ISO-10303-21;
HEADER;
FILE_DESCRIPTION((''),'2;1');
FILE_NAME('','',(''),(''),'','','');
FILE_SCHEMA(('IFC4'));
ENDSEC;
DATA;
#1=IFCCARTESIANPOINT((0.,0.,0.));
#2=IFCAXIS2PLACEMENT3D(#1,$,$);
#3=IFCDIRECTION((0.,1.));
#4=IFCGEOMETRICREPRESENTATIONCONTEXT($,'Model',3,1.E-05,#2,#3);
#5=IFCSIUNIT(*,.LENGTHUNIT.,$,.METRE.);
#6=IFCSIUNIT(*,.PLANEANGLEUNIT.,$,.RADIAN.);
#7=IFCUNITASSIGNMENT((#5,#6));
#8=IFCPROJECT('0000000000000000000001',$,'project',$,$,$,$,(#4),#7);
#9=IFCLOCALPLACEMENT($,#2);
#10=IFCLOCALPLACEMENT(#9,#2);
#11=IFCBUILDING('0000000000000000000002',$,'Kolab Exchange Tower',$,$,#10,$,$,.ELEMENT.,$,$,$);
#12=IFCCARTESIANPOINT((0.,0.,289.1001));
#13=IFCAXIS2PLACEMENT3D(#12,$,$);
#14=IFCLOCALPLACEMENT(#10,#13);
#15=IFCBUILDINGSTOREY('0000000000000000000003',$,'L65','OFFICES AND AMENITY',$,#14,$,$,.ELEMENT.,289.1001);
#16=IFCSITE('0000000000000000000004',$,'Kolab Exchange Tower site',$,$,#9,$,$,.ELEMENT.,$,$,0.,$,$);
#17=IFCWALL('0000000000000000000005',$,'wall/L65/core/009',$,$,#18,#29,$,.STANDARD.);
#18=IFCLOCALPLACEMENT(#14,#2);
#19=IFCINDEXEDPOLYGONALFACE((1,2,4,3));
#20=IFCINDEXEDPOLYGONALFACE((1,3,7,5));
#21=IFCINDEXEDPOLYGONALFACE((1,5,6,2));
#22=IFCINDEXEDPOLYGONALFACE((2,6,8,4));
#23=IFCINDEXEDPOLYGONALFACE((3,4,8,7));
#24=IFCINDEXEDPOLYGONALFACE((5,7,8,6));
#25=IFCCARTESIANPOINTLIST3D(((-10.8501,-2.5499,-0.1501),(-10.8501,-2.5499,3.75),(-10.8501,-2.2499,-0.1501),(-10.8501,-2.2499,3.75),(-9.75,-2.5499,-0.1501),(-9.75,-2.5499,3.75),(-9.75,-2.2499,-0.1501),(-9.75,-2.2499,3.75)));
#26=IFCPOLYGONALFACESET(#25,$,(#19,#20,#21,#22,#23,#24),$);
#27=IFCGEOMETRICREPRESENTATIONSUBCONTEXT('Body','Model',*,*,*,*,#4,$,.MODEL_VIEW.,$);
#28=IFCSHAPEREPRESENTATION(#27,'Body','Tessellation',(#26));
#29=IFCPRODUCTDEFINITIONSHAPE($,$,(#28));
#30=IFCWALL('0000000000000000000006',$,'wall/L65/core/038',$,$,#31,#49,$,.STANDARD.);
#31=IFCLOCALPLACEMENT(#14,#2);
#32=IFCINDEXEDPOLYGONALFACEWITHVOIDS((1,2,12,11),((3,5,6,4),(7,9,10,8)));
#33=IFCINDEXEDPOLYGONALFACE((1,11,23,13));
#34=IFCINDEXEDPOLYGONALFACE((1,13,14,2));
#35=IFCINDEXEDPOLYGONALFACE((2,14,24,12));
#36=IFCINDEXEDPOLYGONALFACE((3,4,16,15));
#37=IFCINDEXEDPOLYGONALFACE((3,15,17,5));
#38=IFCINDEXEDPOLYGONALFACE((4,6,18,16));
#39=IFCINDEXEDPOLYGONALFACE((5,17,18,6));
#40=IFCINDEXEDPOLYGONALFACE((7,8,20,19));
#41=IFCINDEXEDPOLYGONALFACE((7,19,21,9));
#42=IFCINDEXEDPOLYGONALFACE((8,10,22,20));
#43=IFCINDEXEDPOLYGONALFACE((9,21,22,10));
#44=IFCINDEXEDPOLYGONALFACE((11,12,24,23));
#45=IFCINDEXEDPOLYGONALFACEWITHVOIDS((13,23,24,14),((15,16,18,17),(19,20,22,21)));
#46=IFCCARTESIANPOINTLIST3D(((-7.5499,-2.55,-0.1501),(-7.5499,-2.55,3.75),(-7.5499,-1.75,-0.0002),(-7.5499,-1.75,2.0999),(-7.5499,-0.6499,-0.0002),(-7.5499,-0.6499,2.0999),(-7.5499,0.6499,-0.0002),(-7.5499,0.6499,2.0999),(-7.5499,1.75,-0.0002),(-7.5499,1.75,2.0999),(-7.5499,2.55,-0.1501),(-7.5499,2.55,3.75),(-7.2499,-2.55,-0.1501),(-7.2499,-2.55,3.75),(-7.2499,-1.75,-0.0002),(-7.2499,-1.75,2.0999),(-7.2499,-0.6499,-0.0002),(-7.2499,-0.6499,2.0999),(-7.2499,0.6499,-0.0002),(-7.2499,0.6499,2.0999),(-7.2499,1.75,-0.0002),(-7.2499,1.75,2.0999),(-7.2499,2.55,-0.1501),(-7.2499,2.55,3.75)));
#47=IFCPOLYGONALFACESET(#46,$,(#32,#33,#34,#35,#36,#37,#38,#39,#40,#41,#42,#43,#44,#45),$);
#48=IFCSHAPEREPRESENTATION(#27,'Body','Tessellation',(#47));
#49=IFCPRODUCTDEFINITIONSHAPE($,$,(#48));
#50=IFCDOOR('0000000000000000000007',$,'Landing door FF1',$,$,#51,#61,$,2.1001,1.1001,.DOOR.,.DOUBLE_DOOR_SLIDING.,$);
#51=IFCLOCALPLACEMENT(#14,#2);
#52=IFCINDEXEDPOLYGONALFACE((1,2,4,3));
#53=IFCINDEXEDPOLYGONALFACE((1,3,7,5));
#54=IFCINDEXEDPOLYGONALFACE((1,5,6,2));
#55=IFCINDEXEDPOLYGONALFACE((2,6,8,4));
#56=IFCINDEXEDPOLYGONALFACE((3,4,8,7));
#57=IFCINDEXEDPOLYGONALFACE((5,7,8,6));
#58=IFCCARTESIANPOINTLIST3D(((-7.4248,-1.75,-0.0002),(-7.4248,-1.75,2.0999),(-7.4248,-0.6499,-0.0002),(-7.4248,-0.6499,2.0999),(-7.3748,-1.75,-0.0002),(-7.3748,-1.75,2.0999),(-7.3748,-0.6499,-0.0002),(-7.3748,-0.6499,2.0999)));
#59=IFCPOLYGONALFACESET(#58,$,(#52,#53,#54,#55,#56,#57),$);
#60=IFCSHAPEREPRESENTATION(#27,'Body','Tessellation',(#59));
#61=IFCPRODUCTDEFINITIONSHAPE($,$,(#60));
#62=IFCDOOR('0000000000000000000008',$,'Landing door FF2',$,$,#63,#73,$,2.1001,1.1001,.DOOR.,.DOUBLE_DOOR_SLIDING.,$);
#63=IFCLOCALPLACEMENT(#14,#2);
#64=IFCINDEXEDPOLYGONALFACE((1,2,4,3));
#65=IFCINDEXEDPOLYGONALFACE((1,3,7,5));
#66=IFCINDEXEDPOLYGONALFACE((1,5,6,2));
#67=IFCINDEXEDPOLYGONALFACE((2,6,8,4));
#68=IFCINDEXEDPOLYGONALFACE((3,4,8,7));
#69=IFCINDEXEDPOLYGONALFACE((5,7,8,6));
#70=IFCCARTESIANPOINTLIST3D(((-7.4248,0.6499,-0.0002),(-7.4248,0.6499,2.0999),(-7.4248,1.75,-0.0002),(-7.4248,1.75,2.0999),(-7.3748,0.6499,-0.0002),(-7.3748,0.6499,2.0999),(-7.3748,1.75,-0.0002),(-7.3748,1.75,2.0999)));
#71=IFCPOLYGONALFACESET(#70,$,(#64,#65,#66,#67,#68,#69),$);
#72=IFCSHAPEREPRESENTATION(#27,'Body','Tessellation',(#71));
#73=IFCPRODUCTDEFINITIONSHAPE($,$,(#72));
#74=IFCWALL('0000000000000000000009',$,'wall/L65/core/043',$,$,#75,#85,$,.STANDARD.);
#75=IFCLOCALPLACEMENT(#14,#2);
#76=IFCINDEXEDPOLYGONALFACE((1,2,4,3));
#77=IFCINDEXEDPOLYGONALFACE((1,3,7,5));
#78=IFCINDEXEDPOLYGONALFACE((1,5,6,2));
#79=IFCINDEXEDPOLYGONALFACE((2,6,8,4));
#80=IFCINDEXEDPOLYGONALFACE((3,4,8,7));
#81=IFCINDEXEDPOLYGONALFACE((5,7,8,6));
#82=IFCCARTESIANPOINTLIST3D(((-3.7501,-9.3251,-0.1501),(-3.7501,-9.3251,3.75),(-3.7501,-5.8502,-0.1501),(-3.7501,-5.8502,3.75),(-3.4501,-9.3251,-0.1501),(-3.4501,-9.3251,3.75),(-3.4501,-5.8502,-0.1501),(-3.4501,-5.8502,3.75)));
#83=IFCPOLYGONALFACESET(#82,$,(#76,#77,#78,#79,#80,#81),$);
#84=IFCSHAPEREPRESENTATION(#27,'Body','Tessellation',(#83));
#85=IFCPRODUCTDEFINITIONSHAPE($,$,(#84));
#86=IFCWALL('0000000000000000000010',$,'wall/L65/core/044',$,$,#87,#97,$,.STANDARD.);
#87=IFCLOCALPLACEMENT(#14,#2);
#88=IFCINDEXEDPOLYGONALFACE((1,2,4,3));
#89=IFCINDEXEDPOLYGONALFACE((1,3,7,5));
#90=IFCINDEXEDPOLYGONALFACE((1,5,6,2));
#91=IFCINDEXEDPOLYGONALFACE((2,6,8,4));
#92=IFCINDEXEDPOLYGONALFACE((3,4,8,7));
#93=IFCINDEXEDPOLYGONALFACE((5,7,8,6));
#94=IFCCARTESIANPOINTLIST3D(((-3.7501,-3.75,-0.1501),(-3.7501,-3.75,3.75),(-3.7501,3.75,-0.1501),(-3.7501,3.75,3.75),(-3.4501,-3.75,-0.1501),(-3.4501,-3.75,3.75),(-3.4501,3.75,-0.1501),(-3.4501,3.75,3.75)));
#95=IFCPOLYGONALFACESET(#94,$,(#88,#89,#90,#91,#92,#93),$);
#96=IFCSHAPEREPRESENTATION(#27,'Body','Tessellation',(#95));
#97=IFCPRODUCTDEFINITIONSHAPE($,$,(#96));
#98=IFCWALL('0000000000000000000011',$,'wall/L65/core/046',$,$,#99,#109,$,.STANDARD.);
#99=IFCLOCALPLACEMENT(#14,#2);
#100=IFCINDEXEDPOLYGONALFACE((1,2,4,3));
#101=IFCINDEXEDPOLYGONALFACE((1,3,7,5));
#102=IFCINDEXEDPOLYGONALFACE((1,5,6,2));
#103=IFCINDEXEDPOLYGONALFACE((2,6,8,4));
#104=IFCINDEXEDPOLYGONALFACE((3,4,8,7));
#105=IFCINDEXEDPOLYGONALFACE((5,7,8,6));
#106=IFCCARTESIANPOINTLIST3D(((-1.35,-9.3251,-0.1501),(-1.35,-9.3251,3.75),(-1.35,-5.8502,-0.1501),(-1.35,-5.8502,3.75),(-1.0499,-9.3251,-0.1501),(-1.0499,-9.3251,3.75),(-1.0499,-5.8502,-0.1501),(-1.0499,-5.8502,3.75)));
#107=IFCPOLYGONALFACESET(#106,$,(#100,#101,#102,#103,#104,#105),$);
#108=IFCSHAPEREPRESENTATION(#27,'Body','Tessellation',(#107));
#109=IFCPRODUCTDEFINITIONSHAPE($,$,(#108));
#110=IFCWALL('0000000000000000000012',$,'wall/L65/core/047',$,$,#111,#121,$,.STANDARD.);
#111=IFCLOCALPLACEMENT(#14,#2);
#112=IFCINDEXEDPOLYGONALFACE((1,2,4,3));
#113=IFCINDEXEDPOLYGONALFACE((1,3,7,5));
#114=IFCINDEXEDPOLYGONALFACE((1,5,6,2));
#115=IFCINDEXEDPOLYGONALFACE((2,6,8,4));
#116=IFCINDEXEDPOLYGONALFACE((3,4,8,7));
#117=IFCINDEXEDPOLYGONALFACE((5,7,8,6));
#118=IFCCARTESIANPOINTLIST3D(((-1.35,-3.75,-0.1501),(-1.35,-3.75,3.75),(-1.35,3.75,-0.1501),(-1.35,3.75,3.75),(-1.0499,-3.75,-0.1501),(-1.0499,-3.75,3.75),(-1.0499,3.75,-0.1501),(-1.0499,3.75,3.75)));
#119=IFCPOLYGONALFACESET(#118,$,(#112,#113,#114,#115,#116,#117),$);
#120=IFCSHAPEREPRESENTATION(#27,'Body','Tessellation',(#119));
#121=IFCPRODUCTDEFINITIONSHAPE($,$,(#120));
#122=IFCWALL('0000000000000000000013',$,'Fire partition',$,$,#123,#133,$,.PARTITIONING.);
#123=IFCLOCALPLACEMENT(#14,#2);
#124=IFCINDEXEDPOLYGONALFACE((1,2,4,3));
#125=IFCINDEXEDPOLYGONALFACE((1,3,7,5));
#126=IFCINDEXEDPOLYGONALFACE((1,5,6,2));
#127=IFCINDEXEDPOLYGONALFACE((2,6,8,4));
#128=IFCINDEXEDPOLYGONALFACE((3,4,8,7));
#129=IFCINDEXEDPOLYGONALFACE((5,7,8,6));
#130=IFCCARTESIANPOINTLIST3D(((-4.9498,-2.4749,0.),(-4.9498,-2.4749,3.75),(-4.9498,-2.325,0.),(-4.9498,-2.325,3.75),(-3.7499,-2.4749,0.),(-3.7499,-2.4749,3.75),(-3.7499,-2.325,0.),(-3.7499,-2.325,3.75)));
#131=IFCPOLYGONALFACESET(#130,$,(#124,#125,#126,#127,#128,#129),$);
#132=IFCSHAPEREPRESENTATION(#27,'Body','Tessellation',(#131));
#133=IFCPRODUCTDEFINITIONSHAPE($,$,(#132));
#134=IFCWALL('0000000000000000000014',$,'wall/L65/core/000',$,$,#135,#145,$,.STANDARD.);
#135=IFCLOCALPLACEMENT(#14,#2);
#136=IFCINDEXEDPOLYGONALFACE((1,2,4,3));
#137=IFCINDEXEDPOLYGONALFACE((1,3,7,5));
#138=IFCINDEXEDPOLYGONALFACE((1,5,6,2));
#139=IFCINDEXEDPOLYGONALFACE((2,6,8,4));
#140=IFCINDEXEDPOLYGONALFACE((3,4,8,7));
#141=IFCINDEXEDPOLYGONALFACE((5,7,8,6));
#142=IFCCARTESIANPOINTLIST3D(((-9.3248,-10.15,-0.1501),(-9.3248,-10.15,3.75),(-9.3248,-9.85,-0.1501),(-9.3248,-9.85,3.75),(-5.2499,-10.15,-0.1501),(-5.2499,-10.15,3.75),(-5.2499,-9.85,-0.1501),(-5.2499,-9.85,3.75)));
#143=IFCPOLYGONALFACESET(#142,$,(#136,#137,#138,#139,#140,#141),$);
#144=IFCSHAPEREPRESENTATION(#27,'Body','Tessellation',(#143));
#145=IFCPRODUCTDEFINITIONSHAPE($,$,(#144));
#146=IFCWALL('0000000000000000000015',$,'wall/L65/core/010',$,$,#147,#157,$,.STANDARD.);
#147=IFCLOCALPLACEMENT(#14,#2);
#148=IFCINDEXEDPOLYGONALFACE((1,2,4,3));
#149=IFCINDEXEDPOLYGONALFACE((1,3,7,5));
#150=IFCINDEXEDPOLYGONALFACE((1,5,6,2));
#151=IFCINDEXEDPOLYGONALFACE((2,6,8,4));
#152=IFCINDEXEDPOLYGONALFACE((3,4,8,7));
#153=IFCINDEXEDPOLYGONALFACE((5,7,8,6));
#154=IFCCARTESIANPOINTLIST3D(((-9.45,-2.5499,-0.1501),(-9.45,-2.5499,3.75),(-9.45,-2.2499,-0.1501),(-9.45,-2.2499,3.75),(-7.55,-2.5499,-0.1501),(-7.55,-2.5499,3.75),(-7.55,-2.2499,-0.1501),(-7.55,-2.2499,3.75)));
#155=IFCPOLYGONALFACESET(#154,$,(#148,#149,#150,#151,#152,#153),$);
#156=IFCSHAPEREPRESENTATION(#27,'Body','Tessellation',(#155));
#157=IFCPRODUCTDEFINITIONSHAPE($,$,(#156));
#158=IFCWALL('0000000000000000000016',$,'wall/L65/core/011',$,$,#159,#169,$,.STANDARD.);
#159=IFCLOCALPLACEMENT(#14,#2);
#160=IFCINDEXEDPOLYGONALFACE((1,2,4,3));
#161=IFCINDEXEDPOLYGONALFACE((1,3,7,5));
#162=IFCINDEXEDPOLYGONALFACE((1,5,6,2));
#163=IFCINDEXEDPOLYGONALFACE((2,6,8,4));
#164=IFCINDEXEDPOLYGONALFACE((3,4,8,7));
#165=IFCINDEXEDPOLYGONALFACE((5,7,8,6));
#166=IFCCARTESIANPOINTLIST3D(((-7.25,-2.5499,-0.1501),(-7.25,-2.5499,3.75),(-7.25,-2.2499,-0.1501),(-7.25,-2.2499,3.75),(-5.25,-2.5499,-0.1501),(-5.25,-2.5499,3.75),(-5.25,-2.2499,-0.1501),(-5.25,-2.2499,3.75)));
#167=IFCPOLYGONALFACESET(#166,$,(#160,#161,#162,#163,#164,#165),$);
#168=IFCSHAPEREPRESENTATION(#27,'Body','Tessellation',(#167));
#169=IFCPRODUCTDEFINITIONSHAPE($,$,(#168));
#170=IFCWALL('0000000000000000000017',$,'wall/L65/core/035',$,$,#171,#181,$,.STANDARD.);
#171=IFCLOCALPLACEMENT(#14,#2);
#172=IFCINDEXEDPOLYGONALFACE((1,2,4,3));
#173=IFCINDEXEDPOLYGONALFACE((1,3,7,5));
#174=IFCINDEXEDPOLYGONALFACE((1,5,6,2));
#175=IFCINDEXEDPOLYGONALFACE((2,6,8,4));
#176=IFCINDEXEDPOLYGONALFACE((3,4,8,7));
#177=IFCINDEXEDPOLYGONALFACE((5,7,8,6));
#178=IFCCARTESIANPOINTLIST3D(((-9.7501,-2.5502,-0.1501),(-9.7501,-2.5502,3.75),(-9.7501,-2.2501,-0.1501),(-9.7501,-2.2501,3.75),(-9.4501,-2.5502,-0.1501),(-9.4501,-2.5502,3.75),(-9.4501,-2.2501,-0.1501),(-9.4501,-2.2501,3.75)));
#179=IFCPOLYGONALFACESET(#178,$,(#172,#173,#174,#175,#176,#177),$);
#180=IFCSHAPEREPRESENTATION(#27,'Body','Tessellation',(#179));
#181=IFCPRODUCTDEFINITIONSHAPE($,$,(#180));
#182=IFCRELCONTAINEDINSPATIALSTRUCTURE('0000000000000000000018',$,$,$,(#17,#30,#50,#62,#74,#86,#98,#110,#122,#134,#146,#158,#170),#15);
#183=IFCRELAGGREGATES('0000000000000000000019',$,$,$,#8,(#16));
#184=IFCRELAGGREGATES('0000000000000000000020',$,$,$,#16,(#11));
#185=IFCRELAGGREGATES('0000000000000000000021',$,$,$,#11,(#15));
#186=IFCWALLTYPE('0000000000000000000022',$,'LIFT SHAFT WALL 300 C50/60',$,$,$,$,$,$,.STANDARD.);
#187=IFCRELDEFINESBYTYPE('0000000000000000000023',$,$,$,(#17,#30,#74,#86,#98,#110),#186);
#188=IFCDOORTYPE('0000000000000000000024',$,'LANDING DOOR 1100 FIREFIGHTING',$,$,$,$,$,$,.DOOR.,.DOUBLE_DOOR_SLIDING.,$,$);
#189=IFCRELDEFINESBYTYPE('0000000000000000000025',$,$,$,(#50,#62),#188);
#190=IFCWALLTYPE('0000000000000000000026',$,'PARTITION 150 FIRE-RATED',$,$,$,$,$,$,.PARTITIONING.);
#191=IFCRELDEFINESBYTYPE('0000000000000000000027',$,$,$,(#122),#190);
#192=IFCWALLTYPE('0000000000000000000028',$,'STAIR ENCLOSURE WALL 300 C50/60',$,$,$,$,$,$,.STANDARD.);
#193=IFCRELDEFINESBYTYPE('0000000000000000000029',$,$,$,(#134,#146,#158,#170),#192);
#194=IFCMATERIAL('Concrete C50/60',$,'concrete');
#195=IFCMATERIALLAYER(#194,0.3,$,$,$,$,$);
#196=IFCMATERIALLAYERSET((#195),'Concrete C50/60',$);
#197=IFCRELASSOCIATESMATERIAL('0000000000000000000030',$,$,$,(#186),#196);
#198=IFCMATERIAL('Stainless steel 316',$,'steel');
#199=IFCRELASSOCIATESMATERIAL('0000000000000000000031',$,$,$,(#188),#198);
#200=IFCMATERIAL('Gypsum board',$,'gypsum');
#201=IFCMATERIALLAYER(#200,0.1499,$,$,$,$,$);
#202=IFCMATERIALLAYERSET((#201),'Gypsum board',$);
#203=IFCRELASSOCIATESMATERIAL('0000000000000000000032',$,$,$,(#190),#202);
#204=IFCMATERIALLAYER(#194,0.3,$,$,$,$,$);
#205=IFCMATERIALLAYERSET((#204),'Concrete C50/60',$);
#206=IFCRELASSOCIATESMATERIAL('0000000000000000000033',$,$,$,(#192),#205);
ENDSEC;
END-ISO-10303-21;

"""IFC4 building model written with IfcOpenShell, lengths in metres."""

from ifc_helpers import new_model, si_unit, direction, frame, frame_2d, origin, place, context, subcontext, project, spatial, rectangle, extrude, material, layer, layer_set, type_object, element, fill, save


model = new_model("IFC4")

# Units and contexts
model_context = context("Model", 3, precision=1e-05, world=origin(), true_north=direction((0.0, 1.0)))
body_context = subcontext(model_context, "Body", "Model", "MODEL_VIEW")
ifc_project = project(units=[si_unit("LENGTHUNIT", "METRE"), si_unit("PLANEANGLEUNIT", "RADIAN")], contexts=[model_context])

# Site, building, storey
site_placement = place(None, origin())
site = spatial("IfcSite", under=ifc_project, at=site_placement, Name="Kolab Exchange Tower site", CompositionType="ELEMENT", RefElevation=0.0)
building_placement = place(site_placement, origin())
building = spatial("IfcBuilding", under=site, at=building_placement, Name="Kolab Exchange Tower", CompositionType="ELEMENT")
storey_placement = place(building_placement, frame((0.0, 0.0, 289.1001)))
storey = spatial("IfcBuildingStorey", under=building, at=storey_placement, Name="L65", Description="OFFICES AND AMENITY", CompositionType="ELEMENT", Elevation=289.1001)

# Shared definitions
ifc_material_1 = material(Name="Concrete C50/60", Category="concrete")

# Shared definitions
ifc_layer_1 = layer(ifc_material_1, 0.3)
ifc_layer_set_1 = layer_set([ifc_layer_1], Name="Concrete C50/60")
wall_type_1 = type_object("IfcWallType", Name="LIFT SHAFT WALL 300 C50/60", PredefinedType="STANDARD", material=ifc_layer_set_1)
ifc_material_2 = material(Name="Stainless steel 316", Category="steel")

# Wall
wall_1_placement = place(storey_placement, frame((-10.8501, -2.3999, -0.1501), z_axis=(0.0, 0.0, 1.0), x_axis=(1.0, 0.0, 0.0)))
element("IfcWall", 1, at=wall_1_placement, inside=storey, type_object=wall_type_1, Name="wall/L65/core/009", PredefinedType="STANDARD", context=body_context, shape_type="SweptSolid", body=[
    extrude(rectangle(XDim=1.1001, YDim=0.3, at=frame_2d((0.55, 0.0))), origin(), (0.0, 0.0, 1.0), 3.9001),
])

# Wall, openings, doors
wall_2_placement = place(storey_placement, frame((-7.3999, -2.55, -0.1501), z_axis=(0.0, 0.0, 1.0), x_axis=(0.0, 1.0, 0.0)))
wall_2 = element("IfcWall", 2, at=wall_2_placement, inside=storey, type_object=wall_type_1, Name="wall/L65/core/038", PredefinedType="STANDARD", context=body_context, shape_type="SweptSolid", body=[
    extrude(rectangle(XDim=5.1001, YDim=0.3, at=frame_2d((2.55, 0.0))), origin(), (0.0, 0.0, 1.0), 3.9001),
])
opening_1_placement = place(wall_2_placement, frame((0.8, 0.0, 0.1499)))
opening_1 = element("IfcOpeningElement", 3, at=opening_1_placement, cuts=wall_2, PredefinedType="OPENING", context=body_context, shape_type="SweptSolid", body=[
    extrude(rectangle(XDim=1.1001, YDim=2.1001, at=frame_2d((0.55, 1.05))), frame((0.0, 0.1602, 0.0), z_axis=(0.0, -1.0, 0.0), x_axis=(1.0, 0.0, 0.0)), (0.0, 0.0, 1.0), 0.3201),
])
opening_2_placement = place(wall_2_placement, frame((3.2, 0.0, 0.1499)))
opening_2 = element("IfcOpeningElement", 4, at=opening_2_placement, cuts=wall_2, PredefinedType="OPENING", context=body_context, shape_type="SweptSolid", body=[
    extrude(rectangle(XDim=1.1001, YDim=2.1001, at=frame_2d((0.55, 1.05))), frame((0.0, 0.1602, 0.0), z_axis=(0.0, -1.0, 0.0), x_axis=(1.0, 0.0, 0.0)), (0.0, 0.0, 1.0), 0.3201),
])
door_type_1 = type_object("IfcDoorType", Name="LANDING DOOR 1100 FIREFIGHTING", OperationType="DOUBLE_DOOR_SLIDING", PredefinedType="DOOR", material=ifc_material_2)
door_1_placement = place(opening_1_placement, origin())
door_1 = element("IfcDoor", 5, at=door_1_placement, inside=storey, type_object=door_type_1, Name="Landing door FF1", OperationType="DOUBLE_DOOR_SLIDING", OverallHeight=2.1001, OverallWidth=1.1001, PredefinedType="DOOR", context=body_context, shape_type="SweptSolid", body=[
    extrude(rectangle(XDim=1.1001, YDim=2.1001, at=frame_2d((0.55, 1.05))), frame((0.0, 0.0249, 0.0), z_axis=(0.0, -1.0, 0.0), x_axis=(1.0, 0.0, 0.0)), (0.0, 0.0, 1.0), 0.05),
])
fill(opening_1, door_1)
door_2_placement = place(opening_2_placement, origin())
door_2 = element("IfcDoor", 6, at=door_2_placement, inside=storey, type_object=door_type_1, Name="Landing door FF2", OperationType="DOUBLE_DOOR_SLIDING", OverallHeight=2.1001, OverallWidth=1.1001, PredefinedType="DOOR", context=body_context, shape_type="SweptSolid", body=[
    extrude(rectangle(XDim=1.1001, YDim=2.1001, at=frame_2d((0.55, 1.05))), frame((0.0, 0.0249, 0.0), z_axis=(0.0, -1.0, 0.0), x_axis=(1.0, 0.0, 0.0)), (0.0, 0.0, 1.0), 0.05),
])
fill(opening_2, door_2)

# Walls
wall_3_placement = place(storey_placement, frame((-3.6001, -9.325, -0.1501), z_axis=(0.0, 0.0, 1.0), x_axis=(0.0, 1.0, 0.0)))
element("IfcWall", 7, at=wall_3_placement, inside=storey, type_object=wall_type_1, Name="wall/L65/core/043", PredefinedType="STANDARD", context=body_context, shape_type="SweptSolid", body=[
    extrude(rectangle(XDim=3.4749, YDim=0.3, at=frame_2d((1.7373, 0.0))), origin(), (0.0, 0.0, 1.0), 3.9001),
])
wall_4_placement = place(storey_placement, frame((-3.6001, -3.75, -0.1501), z_axis=(0.0, 0.0, 1.0), x_axis=(0.0, 1.0, 0.0)))
element("IfcWall", 8, at=wall_4_placement, inside=storey, type_object=wall_type_1, Name="wall/L65/core/044", PredefinedType="STANDARD", context=body_context, shape_type="SweptSolid", body=[
    extrude(rectangle(XDim=7.5, YDim=0.3, at=frame_2d((3.75, 0.0))), origin(), (0.0, 0.0, 1.0), 3.9001),
])
wall_5_placement = place(storey_placement, frame((-1.2, -9.325, -0.1501), z_axis=(0.0, 0.0, 1.0), x_axis=(0.0, 1.0, 0.0)))
element("IfcWall", 9, at=wall_5_placement, inside=storey, type_object=wall_type_1, Name="wall/L65/core/046", PredefinedType="STANDARD", context=body_context, shape_type="SweptSolid", body=[
    extrude(rectangle(XDim=3.4749, YDim=0.3, at=frame_2d((1.7373, 0.0))), origin(), (0.0, 0.0, 1.0), 3.9001),
])
wall_6_placement = place(storey_placement, frame((-1.2, -3.75, -0.1501), z_axis=(0.0, 0.0, 1.0), x_axis=(0.0, 1.0, 0.0)))
element("IfcWall", 10, at=wall_6_placement, inside=storey, type_object=wall_type_1, Name="wall/L65/core/047", PredefinedType="STANDARD", context=body_context, shape_type="SweptSolid", body=[
    extrude(rectangle(XDim=7.5, YDim=0.3, at=frame_2d((3.75, 0.0))), origin(), (0.0, 0.0, 1.0), 3.9001),
])
ifc_material_3 = material(Name="Gypsum board", Category="gypsum")
ifc_layer_2 = layer(ifc_material_3, 0.1499)
ifc_layer_set_2 = layer_set([ifc_layer_2], Name="Gypsum board")
wall_type_2 = type_object("IfcWallType", Name="PARTITION 150 FIRE-RATED", PredefinedType="PARTITIONING", material=ifc_layer_set_2)
wall_7_placement = place(storey_placement, frame((-4.95, -2.3999, 0.0), z_axis=(0.0, 0.0, 1.0), x_axis=(1.0, 0.0, 0.0)))
element("IfcWall", 11, at=wall_7_placement, inside=storey, type_object=wall_type_2, Name="Fire partition", PredefinedType="PARTITIONING", context=body_context, shape_type="SweptSolid", body=[
    extrude(rectangle(XDim=1.2, YDim=0.1499, at=frame_2d((0.6001, 0.0))), origin(), (0.0, 0.0, 1.0), 3.75),
])
ifc_layer_3 = layer(ifc_material_1, 0.3)
ifc_layer_set_3 = layer_set([ifc_layer_3], Name="Concrete C50/60")
wall_type_3 = type_object("IfcWallType", Name="STAIR ENCLOSURE WALL 300 C50/60", PredefinedType="STANDARD", material=ifc_layer_set_3)
wall_8_placement = place(storey_placement, frame((-9.325, -10.0, -0.1501), z_axis=(0.0, 0.0, 1.0), x_axis=(1.0, 0.0, 0.0)))
element("IfcWall", 12, at=wall_8_placement, inside=storey, type_object=wall_type_3, Name="wall/L65/core/000", PredefinedType="STANDARD", context=body_context, shape_type="SweptSolid", body=[
    extrude(rectangle(XDim=4.075, YDim=0.3, at=frame_2d((2.0376, 0.0))), origin(), (0.0, 0.0, 1.0), 3.9001),
])
wall_9_placement = place(storey_placement, frame((-9.45, -2.3999, -0.1501), z_axis=(0.0, 0.0, 1.0), x_axis=(1.0, 0.0, 0.0)))
element("IfcWall", 13, at=wall_9_placement, inside=storey, type_object=wall_type_3, Name="wall/L65/core/010", PredefinedType="STANDARD", context=body_context, shape_type="SweptSolid", body=[
    extrude(rectangle(XDim=1.8999, YDim=0.3, at=frame_2d((0.95, 0.0))), origin(), (0.0, 0.0, 1.0), 3.9001),
])
wall_10_placement = place(storey_placement, frame((-7.25, -2.3999, -0.1501), z_axis=(0.0, 0.0, 1.0), x_axis=(1.0, 0.0, 0.0)))
element("IfcWall", 14, at=wall_10_placement, inside=storey, type_object=wall_type_3, Name="wall/L65/core/011", PredefinedType="STANDARD", context=body_context, shape_type="SweptSolid", body=[
    extrude(rectangle(XDim=2.0, YDim=0.3, at=frame_2d((1.0, 0.0))), origin(), (0.0, 0.0, 1.0), 3.9001),
])
wall_11_placement = place(storey_placement, frame((-9.6001, -2.55, -0.1501), z_axis=(0.0, 0.0, 1.0), x_axis=(0.0, 1.0, 0.0)))
element("IfcWall", 15, at=wall_11_placement, inside=storey, type_object=wall_type_3, Name="wall/L65/core/035", PredefinedType="STANDARD", context=body_context, shape_type="SweptSolid", body=[
    extrude(rectangle(XDim=0.3, YDim=0.3, at=frame_2d((0.1499, 0.0))), origin(), (0.0, 0.0, 1.0), 3.9001),
])

save(model, "model.ifc")
